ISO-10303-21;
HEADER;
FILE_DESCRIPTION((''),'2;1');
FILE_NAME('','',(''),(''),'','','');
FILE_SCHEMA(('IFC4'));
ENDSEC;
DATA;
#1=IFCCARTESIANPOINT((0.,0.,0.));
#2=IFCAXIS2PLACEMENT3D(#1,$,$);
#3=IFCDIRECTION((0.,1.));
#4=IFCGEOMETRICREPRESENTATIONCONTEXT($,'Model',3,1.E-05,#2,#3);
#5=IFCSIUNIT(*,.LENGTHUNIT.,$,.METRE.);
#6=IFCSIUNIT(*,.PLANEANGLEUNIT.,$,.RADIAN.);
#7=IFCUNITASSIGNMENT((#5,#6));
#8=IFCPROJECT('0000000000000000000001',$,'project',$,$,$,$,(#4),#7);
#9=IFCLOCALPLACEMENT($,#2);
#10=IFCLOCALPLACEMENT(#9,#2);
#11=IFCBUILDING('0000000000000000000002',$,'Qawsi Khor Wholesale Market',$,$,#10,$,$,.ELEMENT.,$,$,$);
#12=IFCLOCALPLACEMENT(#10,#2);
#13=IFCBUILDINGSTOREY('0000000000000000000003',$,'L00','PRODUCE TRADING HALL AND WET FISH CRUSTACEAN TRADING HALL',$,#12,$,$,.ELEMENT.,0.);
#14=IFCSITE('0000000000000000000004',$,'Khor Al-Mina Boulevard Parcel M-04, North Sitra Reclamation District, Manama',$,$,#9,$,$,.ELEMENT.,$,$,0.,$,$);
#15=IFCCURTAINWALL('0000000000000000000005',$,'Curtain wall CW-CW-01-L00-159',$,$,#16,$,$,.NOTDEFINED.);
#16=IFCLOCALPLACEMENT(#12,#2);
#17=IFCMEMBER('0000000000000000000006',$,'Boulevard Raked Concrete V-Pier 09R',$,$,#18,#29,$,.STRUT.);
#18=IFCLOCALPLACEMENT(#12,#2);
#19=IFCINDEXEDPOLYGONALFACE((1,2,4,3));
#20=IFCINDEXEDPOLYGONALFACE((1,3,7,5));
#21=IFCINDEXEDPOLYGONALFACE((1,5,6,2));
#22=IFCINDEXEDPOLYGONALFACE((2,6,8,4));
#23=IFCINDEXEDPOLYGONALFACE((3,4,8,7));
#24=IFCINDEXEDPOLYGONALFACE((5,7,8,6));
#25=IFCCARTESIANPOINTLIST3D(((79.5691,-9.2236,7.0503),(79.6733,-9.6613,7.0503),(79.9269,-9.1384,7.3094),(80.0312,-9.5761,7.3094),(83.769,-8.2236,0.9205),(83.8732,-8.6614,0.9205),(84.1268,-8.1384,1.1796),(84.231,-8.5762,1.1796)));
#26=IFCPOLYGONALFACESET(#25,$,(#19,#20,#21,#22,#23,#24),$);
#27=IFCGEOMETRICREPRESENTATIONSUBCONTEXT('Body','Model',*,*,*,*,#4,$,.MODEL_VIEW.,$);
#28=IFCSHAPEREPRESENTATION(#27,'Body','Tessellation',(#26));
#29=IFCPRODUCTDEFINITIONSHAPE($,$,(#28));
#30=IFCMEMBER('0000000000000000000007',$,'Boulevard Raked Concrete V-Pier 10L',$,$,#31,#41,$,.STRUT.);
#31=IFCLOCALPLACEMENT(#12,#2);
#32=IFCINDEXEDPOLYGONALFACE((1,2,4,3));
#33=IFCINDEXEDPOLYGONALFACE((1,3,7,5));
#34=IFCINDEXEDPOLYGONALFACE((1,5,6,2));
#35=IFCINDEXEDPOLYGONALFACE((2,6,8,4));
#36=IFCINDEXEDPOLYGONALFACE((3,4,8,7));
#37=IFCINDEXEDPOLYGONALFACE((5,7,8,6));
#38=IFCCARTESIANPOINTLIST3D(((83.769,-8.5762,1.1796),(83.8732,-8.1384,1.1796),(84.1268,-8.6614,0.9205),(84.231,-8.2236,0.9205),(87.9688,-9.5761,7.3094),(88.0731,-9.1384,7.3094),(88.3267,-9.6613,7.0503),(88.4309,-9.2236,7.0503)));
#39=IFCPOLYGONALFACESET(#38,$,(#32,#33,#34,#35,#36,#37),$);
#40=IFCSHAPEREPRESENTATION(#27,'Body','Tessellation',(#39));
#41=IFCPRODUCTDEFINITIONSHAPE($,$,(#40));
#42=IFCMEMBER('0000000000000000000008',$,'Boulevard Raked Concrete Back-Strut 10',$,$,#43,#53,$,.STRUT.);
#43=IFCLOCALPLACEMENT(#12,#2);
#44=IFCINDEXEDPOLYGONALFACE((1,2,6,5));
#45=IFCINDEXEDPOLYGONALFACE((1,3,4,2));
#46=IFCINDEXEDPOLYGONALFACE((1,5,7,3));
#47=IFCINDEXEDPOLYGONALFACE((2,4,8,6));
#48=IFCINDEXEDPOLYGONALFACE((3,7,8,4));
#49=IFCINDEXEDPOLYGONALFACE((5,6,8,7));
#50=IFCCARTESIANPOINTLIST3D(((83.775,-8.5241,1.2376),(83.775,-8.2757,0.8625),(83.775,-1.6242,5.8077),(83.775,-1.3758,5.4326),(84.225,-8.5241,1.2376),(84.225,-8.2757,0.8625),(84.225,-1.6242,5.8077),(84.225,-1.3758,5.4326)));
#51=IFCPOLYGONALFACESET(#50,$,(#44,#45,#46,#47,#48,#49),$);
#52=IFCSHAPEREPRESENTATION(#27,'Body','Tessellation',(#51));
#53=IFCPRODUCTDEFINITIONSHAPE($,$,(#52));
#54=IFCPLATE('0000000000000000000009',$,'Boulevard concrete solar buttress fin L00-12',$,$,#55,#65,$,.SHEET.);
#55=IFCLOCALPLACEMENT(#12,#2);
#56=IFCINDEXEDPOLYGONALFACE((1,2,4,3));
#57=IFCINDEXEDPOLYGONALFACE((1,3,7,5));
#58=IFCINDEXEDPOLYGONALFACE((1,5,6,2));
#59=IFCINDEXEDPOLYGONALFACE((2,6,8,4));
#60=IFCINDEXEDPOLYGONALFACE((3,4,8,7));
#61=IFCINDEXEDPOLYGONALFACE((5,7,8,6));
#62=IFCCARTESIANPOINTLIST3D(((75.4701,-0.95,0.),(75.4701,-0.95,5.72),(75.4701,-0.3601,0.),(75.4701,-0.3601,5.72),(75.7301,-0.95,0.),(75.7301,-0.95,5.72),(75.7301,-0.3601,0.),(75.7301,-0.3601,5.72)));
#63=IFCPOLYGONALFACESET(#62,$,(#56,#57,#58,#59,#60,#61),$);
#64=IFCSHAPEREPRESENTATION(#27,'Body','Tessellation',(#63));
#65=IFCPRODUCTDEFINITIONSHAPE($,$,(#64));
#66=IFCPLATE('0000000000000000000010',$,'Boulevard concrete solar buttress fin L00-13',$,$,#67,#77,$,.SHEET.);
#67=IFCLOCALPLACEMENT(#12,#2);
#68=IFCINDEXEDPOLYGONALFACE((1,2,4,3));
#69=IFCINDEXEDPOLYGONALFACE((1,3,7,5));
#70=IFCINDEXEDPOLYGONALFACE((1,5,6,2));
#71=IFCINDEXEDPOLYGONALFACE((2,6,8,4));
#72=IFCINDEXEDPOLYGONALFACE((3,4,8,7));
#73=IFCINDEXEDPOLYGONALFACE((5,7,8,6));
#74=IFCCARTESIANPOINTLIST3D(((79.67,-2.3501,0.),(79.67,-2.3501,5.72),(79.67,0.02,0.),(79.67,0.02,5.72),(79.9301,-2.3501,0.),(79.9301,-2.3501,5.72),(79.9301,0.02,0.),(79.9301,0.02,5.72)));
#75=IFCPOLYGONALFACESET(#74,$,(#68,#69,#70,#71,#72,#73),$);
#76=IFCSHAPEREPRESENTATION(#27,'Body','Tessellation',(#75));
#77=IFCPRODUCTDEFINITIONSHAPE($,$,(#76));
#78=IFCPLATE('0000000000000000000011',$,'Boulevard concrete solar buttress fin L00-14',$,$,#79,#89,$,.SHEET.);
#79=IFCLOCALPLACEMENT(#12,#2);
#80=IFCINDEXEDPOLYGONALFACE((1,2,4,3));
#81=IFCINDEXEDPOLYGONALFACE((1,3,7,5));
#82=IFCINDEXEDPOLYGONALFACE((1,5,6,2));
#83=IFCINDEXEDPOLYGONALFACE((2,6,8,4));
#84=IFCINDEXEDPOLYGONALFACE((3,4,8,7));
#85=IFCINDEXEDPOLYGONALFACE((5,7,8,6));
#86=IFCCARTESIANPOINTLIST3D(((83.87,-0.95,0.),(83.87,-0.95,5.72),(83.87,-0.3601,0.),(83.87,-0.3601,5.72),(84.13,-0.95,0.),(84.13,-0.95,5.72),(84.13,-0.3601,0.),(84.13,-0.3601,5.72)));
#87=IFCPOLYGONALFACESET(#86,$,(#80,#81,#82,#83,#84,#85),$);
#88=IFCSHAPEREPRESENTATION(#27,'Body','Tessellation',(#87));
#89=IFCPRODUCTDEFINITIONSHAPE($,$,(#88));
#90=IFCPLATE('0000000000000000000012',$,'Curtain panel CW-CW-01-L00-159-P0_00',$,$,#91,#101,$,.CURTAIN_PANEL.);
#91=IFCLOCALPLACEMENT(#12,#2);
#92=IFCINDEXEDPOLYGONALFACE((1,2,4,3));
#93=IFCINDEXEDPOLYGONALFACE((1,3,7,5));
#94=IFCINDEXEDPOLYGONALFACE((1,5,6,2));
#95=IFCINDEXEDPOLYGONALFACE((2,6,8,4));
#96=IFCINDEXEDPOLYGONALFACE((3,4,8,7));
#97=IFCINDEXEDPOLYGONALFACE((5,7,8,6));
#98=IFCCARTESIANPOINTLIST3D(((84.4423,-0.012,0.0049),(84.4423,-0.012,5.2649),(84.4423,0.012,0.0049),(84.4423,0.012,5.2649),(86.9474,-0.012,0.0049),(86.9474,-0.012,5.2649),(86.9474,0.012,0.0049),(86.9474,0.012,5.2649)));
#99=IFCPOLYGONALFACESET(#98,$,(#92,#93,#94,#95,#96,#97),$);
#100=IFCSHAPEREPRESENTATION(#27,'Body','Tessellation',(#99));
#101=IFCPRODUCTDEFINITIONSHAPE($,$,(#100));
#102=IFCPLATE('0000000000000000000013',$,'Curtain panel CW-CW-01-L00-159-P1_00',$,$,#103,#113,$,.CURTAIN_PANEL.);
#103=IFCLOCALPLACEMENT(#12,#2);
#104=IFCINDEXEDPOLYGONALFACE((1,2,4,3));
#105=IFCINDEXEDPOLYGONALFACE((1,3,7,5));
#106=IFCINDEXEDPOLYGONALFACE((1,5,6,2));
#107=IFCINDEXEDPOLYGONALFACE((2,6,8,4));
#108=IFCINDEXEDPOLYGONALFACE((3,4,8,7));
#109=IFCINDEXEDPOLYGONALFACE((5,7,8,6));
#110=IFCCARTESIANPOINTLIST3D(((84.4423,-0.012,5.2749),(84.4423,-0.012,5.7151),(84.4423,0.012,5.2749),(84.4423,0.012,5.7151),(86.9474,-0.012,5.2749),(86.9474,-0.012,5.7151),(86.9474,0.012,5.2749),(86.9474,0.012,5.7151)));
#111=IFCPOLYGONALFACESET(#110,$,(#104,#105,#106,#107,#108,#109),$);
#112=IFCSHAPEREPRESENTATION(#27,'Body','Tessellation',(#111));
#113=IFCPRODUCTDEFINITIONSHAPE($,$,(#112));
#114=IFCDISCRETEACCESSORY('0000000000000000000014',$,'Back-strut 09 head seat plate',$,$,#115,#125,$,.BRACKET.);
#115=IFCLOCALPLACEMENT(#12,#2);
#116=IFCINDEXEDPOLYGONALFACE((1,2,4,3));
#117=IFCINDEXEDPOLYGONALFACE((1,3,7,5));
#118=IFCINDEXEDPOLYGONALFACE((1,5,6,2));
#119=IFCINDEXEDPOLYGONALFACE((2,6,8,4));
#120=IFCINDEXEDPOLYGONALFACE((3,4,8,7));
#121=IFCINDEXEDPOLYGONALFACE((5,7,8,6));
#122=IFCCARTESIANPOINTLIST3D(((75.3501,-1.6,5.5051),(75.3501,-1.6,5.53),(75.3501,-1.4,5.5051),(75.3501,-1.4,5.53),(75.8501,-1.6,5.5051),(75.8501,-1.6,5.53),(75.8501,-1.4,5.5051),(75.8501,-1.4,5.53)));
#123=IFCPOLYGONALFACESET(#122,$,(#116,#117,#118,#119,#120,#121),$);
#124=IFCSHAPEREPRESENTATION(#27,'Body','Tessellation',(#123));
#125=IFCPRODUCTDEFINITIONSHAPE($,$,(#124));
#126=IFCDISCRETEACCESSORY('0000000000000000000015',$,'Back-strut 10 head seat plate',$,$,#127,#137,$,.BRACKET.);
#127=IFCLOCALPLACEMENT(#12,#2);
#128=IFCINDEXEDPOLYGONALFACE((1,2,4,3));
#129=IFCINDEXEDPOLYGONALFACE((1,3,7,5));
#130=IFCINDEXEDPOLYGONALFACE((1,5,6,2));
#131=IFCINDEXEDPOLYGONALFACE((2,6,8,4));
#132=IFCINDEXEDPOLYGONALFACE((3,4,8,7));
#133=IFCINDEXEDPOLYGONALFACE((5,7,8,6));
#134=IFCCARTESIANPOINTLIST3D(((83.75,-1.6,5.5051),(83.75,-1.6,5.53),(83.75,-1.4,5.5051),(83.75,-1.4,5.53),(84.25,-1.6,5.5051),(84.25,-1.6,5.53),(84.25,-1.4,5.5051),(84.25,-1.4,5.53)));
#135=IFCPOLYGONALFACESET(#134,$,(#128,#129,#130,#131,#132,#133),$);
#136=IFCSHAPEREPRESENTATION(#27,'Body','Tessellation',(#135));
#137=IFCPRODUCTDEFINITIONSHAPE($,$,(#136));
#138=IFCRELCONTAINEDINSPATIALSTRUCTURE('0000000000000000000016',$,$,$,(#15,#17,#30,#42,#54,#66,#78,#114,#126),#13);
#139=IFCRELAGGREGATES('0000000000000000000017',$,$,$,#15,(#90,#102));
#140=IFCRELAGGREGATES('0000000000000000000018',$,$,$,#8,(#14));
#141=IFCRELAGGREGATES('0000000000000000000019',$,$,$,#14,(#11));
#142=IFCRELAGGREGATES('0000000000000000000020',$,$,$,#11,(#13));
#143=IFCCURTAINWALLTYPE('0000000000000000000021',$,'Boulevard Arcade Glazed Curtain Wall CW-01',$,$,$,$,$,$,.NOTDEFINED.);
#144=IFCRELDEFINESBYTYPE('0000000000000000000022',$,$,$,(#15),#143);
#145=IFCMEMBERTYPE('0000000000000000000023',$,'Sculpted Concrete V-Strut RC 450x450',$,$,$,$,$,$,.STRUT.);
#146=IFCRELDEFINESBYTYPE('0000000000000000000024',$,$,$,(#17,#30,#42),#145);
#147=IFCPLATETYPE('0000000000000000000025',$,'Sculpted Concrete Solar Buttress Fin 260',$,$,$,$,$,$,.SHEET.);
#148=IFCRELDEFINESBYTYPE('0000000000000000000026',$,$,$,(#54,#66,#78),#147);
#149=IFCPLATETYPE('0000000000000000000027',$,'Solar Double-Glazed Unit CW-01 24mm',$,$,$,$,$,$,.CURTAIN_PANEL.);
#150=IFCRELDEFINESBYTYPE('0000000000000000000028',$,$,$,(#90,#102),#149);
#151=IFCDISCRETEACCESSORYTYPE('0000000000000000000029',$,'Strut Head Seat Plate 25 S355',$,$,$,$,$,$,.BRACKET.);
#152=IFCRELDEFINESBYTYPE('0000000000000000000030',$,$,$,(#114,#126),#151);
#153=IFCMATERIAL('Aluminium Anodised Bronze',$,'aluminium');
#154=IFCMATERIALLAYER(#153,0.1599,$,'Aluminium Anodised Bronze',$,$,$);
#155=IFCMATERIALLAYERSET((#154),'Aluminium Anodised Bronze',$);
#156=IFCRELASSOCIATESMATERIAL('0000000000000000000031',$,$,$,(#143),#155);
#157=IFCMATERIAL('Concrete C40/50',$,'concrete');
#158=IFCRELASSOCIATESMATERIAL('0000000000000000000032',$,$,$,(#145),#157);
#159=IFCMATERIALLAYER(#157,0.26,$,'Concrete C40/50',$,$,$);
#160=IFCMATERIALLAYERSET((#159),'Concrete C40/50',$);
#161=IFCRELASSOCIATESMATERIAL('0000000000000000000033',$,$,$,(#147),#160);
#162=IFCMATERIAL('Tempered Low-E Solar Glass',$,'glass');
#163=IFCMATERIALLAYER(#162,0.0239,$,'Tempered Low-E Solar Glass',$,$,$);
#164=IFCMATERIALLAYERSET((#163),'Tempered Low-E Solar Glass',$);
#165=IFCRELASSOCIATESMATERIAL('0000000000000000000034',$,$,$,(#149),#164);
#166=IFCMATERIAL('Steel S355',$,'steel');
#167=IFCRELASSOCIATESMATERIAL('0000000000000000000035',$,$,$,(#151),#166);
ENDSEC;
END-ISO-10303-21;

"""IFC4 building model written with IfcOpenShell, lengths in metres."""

from ifc_helpers import new_model, si_unit, direction, frame, frame_2d, origin, origin_2d, place, context, subcontext, project, spatial, rectangle, extrude, material, layer, layer_set, material_profile, profile_set, type_object, element, aggregate, save


model = new_model("IFC4")

# Units and contexts
model_context = context("Model", 3, precision=1e-05, world=origin(), true_north=direction((0.0, 1.0)))
body_context = subcontext(model_context, "Body", "Model", "MODEL_VIEW")
ifc_project = project(units=[si_unit("LENGTHUNIT", "METRE"), si_unit("PLANEANGLEUNIT", "RADIAN")], contexts=[model_context])

# Site, building, storey
site_placement = place(None, origin())
site = spatial("IfcSite", under=ifc_project, at=site_placement, Name="Khor Al-Mina Boulevard Parcel M-04, North Sitra Reclamation District, Manama", CompositionType="ELEMENT", RefElevation=0.0)
building_placement = place(site_placement, origin())
building = spatial("IfcBuilding", under=site, at=building_placement, Name="Qawsi Khor Wholesale Market", CompositionType="ELEMENT")
storey_placement = place(building_placement, origin())
storey = spatial("IfcBuildingStorey", under=building, at=storey_placement, Name="L00", Description="PRODUCE TRADING HALL AND WET FISH CRUSTACEAN TRADING HALL", CompositionType="ELEMENT", Elevation=0.0)

# Shared definitions
ifc_material_1 = material(Name="Concrete C40/50", Category="concrete")

# Curtain wall
ifc_material_2 = material(Name="Aluminium Anodised Bronze", Category="aluminium")
ifc_layer_1 = layer(ifc_material_2, 0.1599, Name="Aluminium Anodised Bronze")
ifc_layer_set_1 = layer_set([ifc_layer_1], Name="Aluminium Anodised Bronze")
curtain_wall_type = type_object("IfcCurtainWallType", Name="Boulevard Arcade Glazed Curtain Wall CW-01", PredefinedType="NOTDEFINED", material=ifc_layer_set_1)
curtain_wall_placement = place(storey_placement, origin())
curtain_wall = element("IfcCurtainWall", 1, at=curtain_wall_placement, inside=storey, type_object=curtain_wall_type, Name="Curtain wall CW-CW-01-L00-159", PredefinedType="NOTDEFINED")

# Members
ifc_material_profile_1 = material_profile(ifc_material_1, rectangle(XDim=0.45, YDim=0.45, at=origin_2d()), Name="RC 450x450")
ifc_profile_set_1 = profile_set([ifc_material_profile_1], Name="Concrete C40/50")
member_type_1 = type_object("IfcMemberType", Name="Sculpted Concrete V-Strut RC 450x450", PredefinedType="STRUT", material=ifc_profile_set_1)
for number, where, z_axis, x_axis, name in (
    (2, (84.0, -8.3999, 1.05), (-0.560168, -0.133375, 0.817572), (0.231623, -0.972806, 0.0), "Boulevard Raked Concrete V-Pier 09R"),
    (3, (84.0, -8.3999, 1.05), (0.560168, -0.133375, 0.817572), (0.231623, 0.972806, 0.0), "Boulevard Raked Concrete V-Pier 10L"),
):
    element("IfcMember", number, at=place(storey_placement, frame(where, z_axis=z_axis, x_axis=x_axis)), inside=storey, type_object=member_type_1, Name=name, PredefinedType="STRUT", context=body_context, shape_type="SweptSolid", body=[
        extrude(rectangle(XDim=0.45, YDim=0.45, at=origin_2d()), origin(), (0.0, 0.0, 1.0), 7.4976),
    ])
member_1_placement = place(storey_placement, frame((84.0, -8.3999, 1.05), z_axis=(0.0, 0.833712, 0.552199), x_axis=(-1.0, 0.0, 0.0)))
element("IfcMember", 4, at=member_1_placement, inside=storey, type_object=member_type_1, Name="Boulevard Raked Concrete Back-Strut 10", PredefinedType="STRUT", context=body_context, shape_type="SweptSolid", body=[
    extrude(rectangle(XDim=0.45, YDim=0.45, at=origin_2d()), origin(), (0.0, 0.0, 1.0), 8.2761),
])

# Plates
ifc_layer_2 = layer(ifc_material_1, 0.26, Name="Concrete C40/50")
ifc_layer_set_2 = layer_set([ifc_layer_2], Name="Concrete C40/50")
plate_type_1 = type_object("IfcPlateType", Name="Sculpted Concrete Solar Buttress Fin 260", PredefinedType="SHEET", material=ifc_layer_set_2)
plate_1_placement = place(storey_placement, frame((75.6001, -0.95, 0.0), z_axis=(0.0, 0.0, 1.0), x_axis=(0.0, 1.0, 0.0)))
element("IfcPlate", 5, at=plate_1_placement, inside=storey, type_object=plate_type_1, Name="Boulevard concrete solar buttress fin L00-12", PredefinedType="SHEET", context=body_context, shape_type="SweptSolid", body=[
    extrude(rectangle(XDim=0.5898, YDim=0.26, at=frame_2d((0.2949, 0.0))), origin(), (0.0, 0.0, 1.0), 5.72),
])
plate_2_placement = place(storey_placement, frame((79.8, -2.3501, 0.0), z_axis=(0.0, 0.0, 1.0), x_axis=(0.0, 1.0, 0.0)))
element("IfcPlate", 6, at=plate_2_placement, inside=storey, type_object=plate_type_1, Name="Boulevard concrete solar buttress fin L00-13", PredefinedType="SHEET", context=body_context, shape_type="SweptSolid", body=[
    extrude(rectangle(XDim=2.3701, YDim=0.26, at=frame_2d((1.1851, 0.0))), origin(), (0.0, 0.0, 1.0), 5.72),
])
plate_3_placement = place(storey_placement, frame((84.0, -0.95, 0.0), z_axis=(0.0, 0.0, 1.0), x_axis=(0.0, 1.0, 0.0)))
element("IfcPlate", 7, at=plate_3_placement, inside=storey, type_object=plate_type_1, Name="Boulevard concrete solar buttress fin L00-14", PredefinedType="SHEET", context=body_context, shape_type="SweptSolid", body=[
    extrude(rectangle(XDim=0.5898, YDim=0.26, at=frame_2d((0.2949, 0.0))), origin(), (0.0, 0.0, 1.0), 5.72),
])

# Plates
ifc_material_3 = material(Name="Tempered Low-E Solar Glass", Category="glass")
ifc_layer_3 = layer(ifc_material_3, 0.0239, Name="Tempered Low-E Solar Glass")
ifc_layer_set_3 = layer_set([ifc_layer_3], Name="Tempered Low-E Solar Glass")
plate_type_2 = type_object("IfcPlateType", Name="Solar Double-Glazed Unit CW-01 24mm", PredefinedType="CURTAIN_PANEL", material=ifc_layer_set_3)
plate_4_placement = place(storey_placement, frame((84.4424, 0.0, 0.0049), z_axis=(0.0, 0.0, 1.0), x_axis=(1.0, 0.0, 0.0)))
plate_4 = element("IfcPlate", 8, at=plate_4_placement, type_object=plate_type_2, Name="Curtain panel CW-CW-01-L00-159-P0_00", PredefinedType="CURTAIN_PANEL", context=body_context, shape_type="SweptSolid", body=[
    extrude(rectangle(XDim=2.5051, YDim=0.0239, at=frame_2d((1.2524, 0.0))), origin(), (0.0, 0.0, 1.0), 5.26),
])
plate_5_placement = place(storey_placement, frame((84.4424, 0.0, 5.2749), z_axis=(0.0, 0.0, 1.0), x_axis=(1.0, 0.0, 0.0)))
plate_5 = element("IfcPlate", 9, at=plate_5_placement, type_object=plate_type_2, Name="Curtain panel CW-CW-01-L00-159-P1_00", PredefinedType="CURTAIN_PANEL", context=body_context, shape_type="SweptSolid", body=[
    extrude(rectangle(XDim=2.5051, YDim=0.0239, at=frame_2d((1.2524, 0.0))), origin(), (0.0, 0.0, 1.0), 0.4402),
])
aggregate(curtain_wall, [plate_4, plate_5])

# Discrete accessories
ifc_material_4 = material(Name="Steel S355", Category="steel")
discrete_accessory_type = type_object("IfcDiscreteAccessoryType", Name="Strut Head Seat Plate 25 S355", PredefinedType="BRACKET", material=ifc_material_4)
for number, where, z_axis, x_axis, name in (
    (10, (75.6001, -1.5, 5.5051), (0.0, 0.0, 1.0), (1.0, 0.0, 0.0), "Back-strut 09 head seat plate"),
    (11, (84.0, -1.5, 5.5051), (0.0, 0.0, 1.0), (1.0, 0.0, 0.0), "Back-strut 10 head seat plate"),
):
    element("IfcDiscreteAccessory", number, at=place(storey_placement, frame(where, z_axis=z_axis, x_axis=x_axis)), inside=storey, type_object=discrete_accessory_type, Name=name, PredefinedType="BRACKET", context=body_context, shape_type="SweptSolid", body=[
        extrude(rectangle(XDim=0.5, YDim=0.2, at=origin_2d()), origin(), (0.0, 0.0, 1.0), 0.0249),
    ])

save(model, "model.ifc")
